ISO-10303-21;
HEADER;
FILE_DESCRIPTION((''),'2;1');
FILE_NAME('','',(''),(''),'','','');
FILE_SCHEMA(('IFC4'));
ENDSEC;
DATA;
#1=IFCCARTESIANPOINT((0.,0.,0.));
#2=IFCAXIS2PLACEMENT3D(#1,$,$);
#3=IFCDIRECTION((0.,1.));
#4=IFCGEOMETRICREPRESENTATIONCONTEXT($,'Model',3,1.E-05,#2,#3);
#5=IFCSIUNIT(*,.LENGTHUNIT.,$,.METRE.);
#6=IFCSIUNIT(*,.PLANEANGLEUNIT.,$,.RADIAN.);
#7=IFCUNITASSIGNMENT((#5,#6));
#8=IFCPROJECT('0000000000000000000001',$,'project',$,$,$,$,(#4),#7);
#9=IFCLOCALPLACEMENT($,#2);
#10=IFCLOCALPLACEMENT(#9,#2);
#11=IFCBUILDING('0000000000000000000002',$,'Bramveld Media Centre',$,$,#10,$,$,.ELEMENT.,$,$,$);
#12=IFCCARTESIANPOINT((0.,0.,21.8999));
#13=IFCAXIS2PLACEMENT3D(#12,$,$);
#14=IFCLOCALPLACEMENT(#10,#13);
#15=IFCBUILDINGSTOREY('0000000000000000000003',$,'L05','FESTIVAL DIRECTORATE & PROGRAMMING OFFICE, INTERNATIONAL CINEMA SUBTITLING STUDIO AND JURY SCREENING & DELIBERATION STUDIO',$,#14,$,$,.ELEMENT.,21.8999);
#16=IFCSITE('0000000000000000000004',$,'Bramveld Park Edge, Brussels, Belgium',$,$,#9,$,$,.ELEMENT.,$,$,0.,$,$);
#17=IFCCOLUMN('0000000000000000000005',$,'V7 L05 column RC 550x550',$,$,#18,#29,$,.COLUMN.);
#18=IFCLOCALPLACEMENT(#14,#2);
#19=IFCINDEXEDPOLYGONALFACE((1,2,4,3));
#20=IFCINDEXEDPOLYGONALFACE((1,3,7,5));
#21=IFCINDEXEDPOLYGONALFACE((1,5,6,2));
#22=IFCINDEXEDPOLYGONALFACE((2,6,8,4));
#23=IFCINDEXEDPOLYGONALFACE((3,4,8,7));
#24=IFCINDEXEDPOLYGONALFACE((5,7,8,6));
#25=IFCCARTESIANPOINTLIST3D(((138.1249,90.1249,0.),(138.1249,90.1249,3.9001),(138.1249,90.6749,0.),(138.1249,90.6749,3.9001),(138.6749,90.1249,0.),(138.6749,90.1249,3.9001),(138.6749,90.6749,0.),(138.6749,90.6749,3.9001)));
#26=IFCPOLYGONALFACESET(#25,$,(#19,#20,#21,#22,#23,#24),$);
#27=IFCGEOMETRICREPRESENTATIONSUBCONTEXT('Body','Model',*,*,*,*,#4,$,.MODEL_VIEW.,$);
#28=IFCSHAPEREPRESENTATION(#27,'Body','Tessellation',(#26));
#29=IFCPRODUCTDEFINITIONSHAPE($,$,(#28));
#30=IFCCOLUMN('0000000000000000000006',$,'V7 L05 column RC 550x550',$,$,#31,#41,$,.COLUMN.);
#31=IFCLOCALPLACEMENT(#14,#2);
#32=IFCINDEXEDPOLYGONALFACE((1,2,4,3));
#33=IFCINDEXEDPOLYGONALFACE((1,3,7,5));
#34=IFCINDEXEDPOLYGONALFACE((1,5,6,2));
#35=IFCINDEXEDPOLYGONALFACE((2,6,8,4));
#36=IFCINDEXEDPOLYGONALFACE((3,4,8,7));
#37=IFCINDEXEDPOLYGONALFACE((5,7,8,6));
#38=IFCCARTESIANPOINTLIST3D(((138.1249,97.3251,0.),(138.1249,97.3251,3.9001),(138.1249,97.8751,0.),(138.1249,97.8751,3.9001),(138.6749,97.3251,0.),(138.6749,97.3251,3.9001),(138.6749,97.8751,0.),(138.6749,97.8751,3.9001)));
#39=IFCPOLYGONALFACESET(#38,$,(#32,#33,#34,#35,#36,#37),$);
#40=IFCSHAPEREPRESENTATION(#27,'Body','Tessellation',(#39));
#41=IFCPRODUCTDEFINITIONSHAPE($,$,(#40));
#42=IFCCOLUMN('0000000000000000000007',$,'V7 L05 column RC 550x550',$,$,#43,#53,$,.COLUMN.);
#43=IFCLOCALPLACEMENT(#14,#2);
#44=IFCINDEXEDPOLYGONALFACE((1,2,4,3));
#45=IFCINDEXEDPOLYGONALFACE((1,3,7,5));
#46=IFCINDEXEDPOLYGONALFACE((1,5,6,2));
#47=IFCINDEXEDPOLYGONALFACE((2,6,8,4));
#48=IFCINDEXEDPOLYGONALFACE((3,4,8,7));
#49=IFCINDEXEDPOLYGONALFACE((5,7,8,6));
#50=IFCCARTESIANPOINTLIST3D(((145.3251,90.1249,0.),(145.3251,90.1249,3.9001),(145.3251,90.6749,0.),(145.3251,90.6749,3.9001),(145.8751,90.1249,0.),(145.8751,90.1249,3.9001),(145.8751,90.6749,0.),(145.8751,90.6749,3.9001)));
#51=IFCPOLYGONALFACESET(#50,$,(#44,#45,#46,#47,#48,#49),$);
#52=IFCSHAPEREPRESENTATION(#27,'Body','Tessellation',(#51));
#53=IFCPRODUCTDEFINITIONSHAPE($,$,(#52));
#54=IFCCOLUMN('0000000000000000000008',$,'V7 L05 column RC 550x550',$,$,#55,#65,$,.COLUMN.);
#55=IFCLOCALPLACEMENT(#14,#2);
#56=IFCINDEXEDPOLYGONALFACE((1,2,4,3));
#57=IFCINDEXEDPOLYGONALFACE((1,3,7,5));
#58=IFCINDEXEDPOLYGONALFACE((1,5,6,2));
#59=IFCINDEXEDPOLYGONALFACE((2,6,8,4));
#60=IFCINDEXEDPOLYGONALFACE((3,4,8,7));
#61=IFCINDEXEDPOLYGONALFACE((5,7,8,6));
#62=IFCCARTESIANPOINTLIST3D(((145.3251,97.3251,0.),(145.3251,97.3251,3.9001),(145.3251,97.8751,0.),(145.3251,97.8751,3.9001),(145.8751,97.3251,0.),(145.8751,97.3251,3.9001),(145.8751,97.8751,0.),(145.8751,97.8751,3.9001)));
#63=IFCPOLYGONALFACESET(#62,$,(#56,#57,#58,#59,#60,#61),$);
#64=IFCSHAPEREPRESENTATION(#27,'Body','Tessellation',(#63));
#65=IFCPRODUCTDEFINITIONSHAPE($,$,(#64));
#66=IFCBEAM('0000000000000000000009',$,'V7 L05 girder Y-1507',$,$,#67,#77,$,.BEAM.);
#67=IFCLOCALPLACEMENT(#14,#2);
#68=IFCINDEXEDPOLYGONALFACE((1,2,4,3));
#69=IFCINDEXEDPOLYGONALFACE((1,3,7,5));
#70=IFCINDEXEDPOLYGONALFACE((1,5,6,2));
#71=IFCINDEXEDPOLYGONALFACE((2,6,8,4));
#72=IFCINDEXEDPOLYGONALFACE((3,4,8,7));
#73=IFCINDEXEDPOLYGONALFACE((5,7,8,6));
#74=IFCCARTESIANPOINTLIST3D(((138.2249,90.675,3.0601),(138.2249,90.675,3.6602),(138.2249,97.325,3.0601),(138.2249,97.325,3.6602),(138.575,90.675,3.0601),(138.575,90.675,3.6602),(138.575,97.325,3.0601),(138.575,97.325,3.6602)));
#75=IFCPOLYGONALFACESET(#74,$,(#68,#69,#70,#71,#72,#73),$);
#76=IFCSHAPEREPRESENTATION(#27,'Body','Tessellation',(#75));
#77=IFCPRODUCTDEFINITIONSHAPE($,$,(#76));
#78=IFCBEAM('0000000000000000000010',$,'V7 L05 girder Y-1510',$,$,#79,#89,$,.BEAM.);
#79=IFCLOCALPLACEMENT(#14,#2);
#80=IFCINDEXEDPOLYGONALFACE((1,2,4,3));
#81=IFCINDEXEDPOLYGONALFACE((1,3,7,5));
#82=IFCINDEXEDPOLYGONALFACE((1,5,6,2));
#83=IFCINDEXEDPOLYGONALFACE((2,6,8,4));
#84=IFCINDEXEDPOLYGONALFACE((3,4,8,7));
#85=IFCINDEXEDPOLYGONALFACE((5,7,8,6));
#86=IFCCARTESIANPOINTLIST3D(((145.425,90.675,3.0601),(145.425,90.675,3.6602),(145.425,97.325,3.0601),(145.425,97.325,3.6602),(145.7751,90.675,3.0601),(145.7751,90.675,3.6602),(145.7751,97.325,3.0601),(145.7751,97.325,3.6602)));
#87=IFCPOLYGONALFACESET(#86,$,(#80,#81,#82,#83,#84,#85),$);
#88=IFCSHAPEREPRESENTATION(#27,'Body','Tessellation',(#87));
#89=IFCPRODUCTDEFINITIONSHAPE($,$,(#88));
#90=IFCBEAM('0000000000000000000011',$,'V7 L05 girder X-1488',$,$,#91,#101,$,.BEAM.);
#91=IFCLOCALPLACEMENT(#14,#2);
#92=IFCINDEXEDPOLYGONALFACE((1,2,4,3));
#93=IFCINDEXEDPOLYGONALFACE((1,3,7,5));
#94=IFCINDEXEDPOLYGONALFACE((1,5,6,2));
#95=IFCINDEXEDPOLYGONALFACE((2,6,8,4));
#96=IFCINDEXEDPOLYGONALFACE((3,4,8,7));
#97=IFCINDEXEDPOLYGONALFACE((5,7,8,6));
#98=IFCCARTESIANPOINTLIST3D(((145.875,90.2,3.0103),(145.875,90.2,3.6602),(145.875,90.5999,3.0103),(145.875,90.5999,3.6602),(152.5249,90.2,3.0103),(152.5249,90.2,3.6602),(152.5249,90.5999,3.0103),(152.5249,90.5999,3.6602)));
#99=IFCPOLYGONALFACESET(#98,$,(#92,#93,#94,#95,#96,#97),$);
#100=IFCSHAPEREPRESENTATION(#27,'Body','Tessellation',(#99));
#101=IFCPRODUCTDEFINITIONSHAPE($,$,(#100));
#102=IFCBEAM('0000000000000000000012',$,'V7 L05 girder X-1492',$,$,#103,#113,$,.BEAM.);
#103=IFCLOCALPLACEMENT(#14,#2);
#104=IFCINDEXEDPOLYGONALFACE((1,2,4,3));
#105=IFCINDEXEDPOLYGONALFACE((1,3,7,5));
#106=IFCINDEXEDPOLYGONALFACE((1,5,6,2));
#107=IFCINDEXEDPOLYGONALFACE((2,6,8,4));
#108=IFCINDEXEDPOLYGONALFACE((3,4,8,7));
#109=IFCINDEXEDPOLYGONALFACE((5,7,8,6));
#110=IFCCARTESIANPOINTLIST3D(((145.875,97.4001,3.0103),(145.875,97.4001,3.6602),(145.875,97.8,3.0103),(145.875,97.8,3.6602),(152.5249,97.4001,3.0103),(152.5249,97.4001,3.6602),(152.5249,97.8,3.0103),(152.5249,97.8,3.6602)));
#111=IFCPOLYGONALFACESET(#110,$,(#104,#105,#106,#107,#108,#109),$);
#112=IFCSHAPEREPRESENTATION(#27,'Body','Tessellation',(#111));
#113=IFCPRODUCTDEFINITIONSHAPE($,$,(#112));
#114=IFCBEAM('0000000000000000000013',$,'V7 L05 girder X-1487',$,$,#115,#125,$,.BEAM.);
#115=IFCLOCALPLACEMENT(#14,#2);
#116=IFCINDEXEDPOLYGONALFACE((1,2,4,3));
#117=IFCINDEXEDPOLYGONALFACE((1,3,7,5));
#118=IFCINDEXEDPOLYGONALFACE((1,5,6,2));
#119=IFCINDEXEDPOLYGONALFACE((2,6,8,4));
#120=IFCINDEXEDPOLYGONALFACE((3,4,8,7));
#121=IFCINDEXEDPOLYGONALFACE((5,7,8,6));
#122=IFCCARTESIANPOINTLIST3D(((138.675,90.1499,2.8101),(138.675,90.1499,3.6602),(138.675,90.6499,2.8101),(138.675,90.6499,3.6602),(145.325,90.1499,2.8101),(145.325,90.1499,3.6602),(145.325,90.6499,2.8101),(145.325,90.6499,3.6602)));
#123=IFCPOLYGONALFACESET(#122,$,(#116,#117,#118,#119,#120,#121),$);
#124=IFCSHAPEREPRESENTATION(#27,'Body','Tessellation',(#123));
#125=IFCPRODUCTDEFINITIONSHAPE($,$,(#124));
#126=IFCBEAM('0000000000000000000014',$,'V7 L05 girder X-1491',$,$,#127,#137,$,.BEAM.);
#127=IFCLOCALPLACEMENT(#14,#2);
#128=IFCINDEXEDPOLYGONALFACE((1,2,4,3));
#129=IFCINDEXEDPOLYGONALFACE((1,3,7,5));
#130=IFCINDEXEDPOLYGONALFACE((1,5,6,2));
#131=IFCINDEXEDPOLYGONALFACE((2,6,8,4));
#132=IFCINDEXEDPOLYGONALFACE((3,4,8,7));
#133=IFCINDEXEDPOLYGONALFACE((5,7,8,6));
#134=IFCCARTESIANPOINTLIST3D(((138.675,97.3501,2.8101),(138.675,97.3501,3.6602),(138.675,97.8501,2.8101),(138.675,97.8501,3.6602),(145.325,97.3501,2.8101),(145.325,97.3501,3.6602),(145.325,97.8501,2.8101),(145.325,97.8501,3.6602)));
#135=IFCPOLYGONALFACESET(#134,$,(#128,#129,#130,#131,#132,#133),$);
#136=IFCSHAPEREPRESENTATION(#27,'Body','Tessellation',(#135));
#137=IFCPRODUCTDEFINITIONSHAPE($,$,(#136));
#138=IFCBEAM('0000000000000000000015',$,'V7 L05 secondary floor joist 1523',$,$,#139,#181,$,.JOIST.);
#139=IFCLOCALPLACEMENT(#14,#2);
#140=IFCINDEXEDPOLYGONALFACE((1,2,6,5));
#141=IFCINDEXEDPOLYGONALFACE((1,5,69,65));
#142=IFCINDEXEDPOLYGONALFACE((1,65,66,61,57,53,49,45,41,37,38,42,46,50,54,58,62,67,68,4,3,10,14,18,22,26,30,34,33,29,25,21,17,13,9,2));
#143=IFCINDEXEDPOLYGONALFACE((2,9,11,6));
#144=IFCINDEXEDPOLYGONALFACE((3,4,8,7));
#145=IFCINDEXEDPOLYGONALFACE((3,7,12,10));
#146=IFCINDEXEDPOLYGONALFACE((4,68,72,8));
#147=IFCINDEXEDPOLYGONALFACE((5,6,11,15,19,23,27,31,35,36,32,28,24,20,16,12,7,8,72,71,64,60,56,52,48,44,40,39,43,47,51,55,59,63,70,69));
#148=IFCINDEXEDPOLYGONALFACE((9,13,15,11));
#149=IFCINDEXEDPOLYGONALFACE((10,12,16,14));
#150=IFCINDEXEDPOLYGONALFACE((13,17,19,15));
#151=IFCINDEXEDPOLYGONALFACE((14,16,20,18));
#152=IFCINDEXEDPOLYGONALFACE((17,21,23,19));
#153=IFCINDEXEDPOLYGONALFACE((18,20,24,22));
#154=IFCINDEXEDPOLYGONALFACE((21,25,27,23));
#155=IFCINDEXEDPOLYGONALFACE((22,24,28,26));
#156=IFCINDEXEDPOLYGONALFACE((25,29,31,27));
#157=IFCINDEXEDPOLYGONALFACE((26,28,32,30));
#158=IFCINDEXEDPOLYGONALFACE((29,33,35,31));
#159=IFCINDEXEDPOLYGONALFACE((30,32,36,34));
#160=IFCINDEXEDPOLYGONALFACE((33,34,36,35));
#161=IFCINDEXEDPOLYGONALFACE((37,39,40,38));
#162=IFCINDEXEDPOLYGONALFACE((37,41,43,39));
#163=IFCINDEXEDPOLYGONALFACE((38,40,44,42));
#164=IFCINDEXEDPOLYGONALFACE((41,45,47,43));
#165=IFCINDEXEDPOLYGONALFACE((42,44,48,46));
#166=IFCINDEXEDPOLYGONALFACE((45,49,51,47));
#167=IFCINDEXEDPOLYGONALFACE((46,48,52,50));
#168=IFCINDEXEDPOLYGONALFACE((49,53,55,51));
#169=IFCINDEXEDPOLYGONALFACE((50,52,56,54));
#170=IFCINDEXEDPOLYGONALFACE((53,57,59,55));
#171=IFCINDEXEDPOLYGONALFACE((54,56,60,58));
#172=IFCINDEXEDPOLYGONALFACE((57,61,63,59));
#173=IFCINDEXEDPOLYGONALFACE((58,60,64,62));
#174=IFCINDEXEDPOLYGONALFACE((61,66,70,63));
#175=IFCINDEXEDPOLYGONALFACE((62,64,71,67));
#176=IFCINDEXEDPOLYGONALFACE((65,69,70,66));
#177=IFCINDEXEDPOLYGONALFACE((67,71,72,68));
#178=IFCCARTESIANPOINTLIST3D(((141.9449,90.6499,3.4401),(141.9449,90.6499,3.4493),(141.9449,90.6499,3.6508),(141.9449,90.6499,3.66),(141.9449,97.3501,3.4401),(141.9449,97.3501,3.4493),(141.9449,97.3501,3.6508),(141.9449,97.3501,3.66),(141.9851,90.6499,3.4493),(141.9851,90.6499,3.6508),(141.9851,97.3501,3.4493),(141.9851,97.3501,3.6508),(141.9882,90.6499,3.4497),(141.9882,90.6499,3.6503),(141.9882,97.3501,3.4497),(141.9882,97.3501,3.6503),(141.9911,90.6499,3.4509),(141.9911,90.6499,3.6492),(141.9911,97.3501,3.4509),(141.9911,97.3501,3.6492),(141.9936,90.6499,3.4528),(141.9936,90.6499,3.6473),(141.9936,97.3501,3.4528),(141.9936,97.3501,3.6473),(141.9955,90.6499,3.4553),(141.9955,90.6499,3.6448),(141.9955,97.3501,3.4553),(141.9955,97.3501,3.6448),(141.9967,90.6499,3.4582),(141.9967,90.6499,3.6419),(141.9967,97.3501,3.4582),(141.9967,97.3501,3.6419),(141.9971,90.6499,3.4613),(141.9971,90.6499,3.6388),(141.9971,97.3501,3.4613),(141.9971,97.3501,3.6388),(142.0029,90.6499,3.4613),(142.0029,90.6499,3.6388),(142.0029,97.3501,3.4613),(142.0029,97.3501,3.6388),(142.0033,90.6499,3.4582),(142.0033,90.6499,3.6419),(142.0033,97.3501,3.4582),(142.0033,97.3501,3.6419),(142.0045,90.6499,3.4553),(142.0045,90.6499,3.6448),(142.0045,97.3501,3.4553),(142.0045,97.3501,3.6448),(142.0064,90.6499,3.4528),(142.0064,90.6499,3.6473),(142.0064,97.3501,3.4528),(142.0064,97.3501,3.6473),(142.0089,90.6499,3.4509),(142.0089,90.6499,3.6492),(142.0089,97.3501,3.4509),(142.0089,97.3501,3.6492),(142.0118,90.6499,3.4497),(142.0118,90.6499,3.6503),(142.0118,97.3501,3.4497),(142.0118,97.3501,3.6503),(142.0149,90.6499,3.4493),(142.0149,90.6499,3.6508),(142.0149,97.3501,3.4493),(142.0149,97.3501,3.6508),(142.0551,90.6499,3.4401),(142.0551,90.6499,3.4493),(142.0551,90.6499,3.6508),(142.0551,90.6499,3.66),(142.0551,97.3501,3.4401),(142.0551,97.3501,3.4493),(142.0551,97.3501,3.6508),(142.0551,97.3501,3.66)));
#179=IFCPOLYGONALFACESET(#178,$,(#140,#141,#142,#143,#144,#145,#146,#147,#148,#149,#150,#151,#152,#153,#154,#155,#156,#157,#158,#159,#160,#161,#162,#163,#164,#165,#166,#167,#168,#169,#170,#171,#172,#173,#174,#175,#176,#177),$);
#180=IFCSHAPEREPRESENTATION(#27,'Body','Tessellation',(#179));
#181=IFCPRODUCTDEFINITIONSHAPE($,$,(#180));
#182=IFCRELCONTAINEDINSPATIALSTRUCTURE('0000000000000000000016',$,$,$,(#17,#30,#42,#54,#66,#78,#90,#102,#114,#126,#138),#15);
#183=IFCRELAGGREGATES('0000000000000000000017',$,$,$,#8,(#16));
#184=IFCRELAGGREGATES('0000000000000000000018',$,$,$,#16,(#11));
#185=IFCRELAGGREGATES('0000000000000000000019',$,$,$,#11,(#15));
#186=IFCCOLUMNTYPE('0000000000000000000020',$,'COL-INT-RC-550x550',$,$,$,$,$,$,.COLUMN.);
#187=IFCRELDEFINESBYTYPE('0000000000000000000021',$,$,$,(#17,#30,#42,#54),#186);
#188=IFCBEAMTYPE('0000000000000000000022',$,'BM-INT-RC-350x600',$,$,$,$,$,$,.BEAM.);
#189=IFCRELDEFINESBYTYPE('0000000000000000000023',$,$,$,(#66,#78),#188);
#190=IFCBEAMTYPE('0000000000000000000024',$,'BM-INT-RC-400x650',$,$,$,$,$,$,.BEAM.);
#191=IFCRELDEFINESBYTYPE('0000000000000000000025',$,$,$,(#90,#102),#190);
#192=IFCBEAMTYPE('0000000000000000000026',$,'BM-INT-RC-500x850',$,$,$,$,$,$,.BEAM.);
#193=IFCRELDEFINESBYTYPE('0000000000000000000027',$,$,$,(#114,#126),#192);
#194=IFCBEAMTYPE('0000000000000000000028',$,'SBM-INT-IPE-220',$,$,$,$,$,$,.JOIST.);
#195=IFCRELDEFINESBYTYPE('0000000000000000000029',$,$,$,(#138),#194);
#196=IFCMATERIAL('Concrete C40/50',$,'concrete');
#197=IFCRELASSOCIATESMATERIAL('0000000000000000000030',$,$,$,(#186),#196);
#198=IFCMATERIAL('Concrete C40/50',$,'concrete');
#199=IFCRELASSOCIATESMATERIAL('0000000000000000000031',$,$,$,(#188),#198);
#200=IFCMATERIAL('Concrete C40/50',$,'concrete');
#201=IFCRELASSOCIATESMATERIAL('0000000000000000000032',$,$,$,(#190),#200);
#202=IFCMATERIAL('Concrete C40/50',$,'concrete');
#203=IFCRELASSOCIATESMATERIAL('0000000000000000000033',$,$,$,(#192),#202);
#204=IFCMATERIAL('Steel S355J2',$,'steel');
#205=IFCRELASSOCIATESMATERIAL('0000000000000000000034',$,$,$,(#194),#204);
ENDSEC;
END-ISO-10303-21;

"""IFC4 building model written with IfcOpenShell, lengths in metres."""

from ifc_helpers import new_model, si_unit, direction, frame, origin, origin_2d, place, context, subcontext, project, spatial, rectangle, i_section, extrude, material, material_profile, profile_set, type_object, element, save


model = new_model("IFC4")

# Units and contexts
model_context = context("Model", 3, precision=1e-05, world=origin(), true_north=direction((0.0, 1.0)))
body_context = subcontext(model_context, "Body", "Model", "MODEL_VIEW")
ifc_project = project(units=[si_unit("LENGTHUNIT", "METRE"), si_unit("PLANEANGLEUNIT", "RADIAN")], contexts=[model_context])

# Site, building, storey
site_placement = place(None, origin())
site = spatial("IfcSite", under=ifc_project, at=site_placement, Name="Bramveld Park Edge, Brussels, Belgium", CompositionType="ELEMENT", RefElevation=0.0)
building_placement = place(site_placement, origin())
building = spatial("IfcBuilding", under=site, at=building_placement, Name="Bramveld Media Centre", CompositionType="ELEMENT")
storey_placement = place(building_placement, frame((0.0, 0.0, 21.8999)))
storey = spatial("IfcBuildingStorey", under=building, at=storey_placement, Name="L05", Description="FESTIVAL DIRECTORATE & PROGRAMMING OFFICE, INTERNATIONAL CINEMA SUBTITLING STUDIO AND JURY SCREENING & DELIBERATION STUDIO", CompositionType="ELEMENT", Elevation=21.8999)

# Columns
ifc_material_1 = material(Name="Concrete C40/50", Category="concrete")
ifc_material_profile_1 = material_profile(ifc_material_1, rectangle(XDim=0.55, YDim=0.55, at=origin_2d()), Name="RC 550x550")
ifc_profile_set_1 = profile_set([ifc_material_profile_1], Name="Concrete C40/50")
column_type = type_object("IfcColumnType", Name="COL-INT-RC-550x550", PredefinedType="COLUMN", material=ifc_profile_set_1)
for number, where, z_axis, x_axis, name in (
    (1, (138.3999, 90.3999, 0.0), (0.0, 0.0, 1.0), (1.0, 0.0, 0.0), "V7 L05 column RC 550x550"),
    (2, (138.3999, 97.6001, 0.0), (0.0, 0.0, 1.0), (1.0, 0.0, 0.0), "V7 L05 column RC 550x550"),
    (3, (145.6001, 90.3999, 0.0), (0.0, 0.0, 1.0), (1.0, 0.0, 0.0), "V7 L05 column RC 550x550"),
    (4, (145.6001, 97.6001, 0.0), (0.0, 0.0, 1.0), (1.0, 0.0, 0.0), "V7 L05 column RC 550x550"),
):
    element("IfcColumn", number, at=place(storey_placement, frame(where, z_axis=z_axis, x_axis=x_axis)), inside=storey, type_object=column_type, Name=name, PredefinedType="COLUMN", context=body_context, shape_type="SweptSolid", body=[
        extrude(rectangle(XDim=0.55, YDim=0.55, at=origin_2d()), origin(), (0.0, 0.0, 1.0), 3.9001),
    ])

# Beams
ifc_material_2 = material(Name="Concrete C40/50", Category="concrete")
ifc_material_profile_2 = material_profile(ifc_material_2, rectangle(XDim=0.3501, YDim=0.6001, at=origin_2d()), Name="RC 350x600")
ifc_profile_set_2 = profile_set([ifc_material_profile_2], Name="Concrete C40/50")
beam_type_1 = type_object("IfcBeamType", Name="BM-INT-RC-350x600", PredefinedType="BEAM", material=ifc_profile_set_2)
for number, where, z_axis, x_axis, name in (
    (5, (138.3999, 90.675, 3.3601), (0.0, 1.0, 0.0), (-1.0, 0.0, 0.0), "V7 L05 girder Y-1507"),
    (6, (145.6001, 90.675, 3.3601), (0.0, 1.0, 0.0), (-1.0, 0.0, 0.0), "V7 L05 girder Y-1510"),
):
    element("IfcBeam", number, at=place(storey_placement, frame(where, z_axis=z_axis, x_axis=x_axis)), inside=storey, type_object=beam_type_1, Name=name, PredefinedType="BEAM", context=body_context, shape_type="SweptSolid", body=[
        extrude(rectangle(XDim=0.3501, YDim=0.6001, at=origin_2d()), origin(), (0.0, 0.0, 1.0), 6.6499),
    ])
ifc_material_3 = material(Name="Concrete C40/50", Category="concrete")
ifc_material_profile_3 = material_profile(ifc_material_3, rectangle(XDim=0.3999, YDim=0.6499, at=origin_2d()), Name="RC 400x650")
ifc_profile_set_3 = profile_set([ifc_material_profile_3], Name="Concrete C40/50")
beam_type_2 = type_object("IfcBeamType", Name="BM-INT-RC-400x650", PredefinedType="BEAM", material=ifc_profile_set_3)
for number, where, z_axis, x_axis, name in (
    (7, (145.875, 90.3999, 3.3352), (1.0, 0.0, 0.0), (0.0, 1.0, 0.0), "V7 L05 girder X-1488"),
    (8, (145.875, 97.6001, 3.3352), (1.0, 0.0, 0.0), (0.0, 1.0, 0.0), "V7 L05 girder X-1492"),
):
    element("IfcBeam", number, at=place(storey_placement, frame(where, z_axis=z_axis, x_axis=x_axis)), inside=storey, type_object=beam_type_2, Name=name, PredefinedType="BEAM", context=body_context, shape_type="SweptSolid", body=[
        extrude(rectangle(XDim=0.3999, YDim=0.6499, at=origin_2d()), origin(), (0.0, 0.0, 1.0), 6.6499),
    ])
ifc_material_4 = material(Name="Concrete C40/50", Category="concrete")
ifc_material_profile_4 = material_profile(ifc_material_4, rectangle(XDim=0.5, YDim=0.8501, at=origin_2d()), Name="RC 500x850")
ifc_profile_set_4 = profile_set([ifc_material_profile_4], Name="Concrete C40/50")
beam_type_3 = type_object("IfcBeamType", Name="BM-INT-RC-500x850", PredefinedType="BEAM", material=ifc_profile_set_4)
for number, where, z_axis, x_axis, name in (
    (9, (138.675, 90.3999, 3.2351), (1.0, 0.0, 0.0), (0.0, 1.0, 0.0), "V7 L05 girder X-1487"),
    (10, (138.675, 97.6001, 3.2351), (1.0, 0.0, 0.0), (0.0, 1.0, 0.0), "V7 L05 girder X-1491"),
):
    element("IfcBeam", number, at=place(storey_placement, frame(where, z_axis=z_axis, x_axis=x_axis)), inside=storey, type_object=beam_type_3, Name=name, PredefinedType="BEAM", context=body_context, shape_type="SweptSolid", body=[
        extrude(rectangle(XDim=0.5, YDim=0.8501, at=origin_2d()), origin(), (0.0, 0.0, 1.0), 6.6499),
    ])
ifc_material_5 = material(Name="Steel S355J2", Category="steel")
ifc_material_profile_5 = material_profile(ifc_material_5, i_section(OverallWidth=0.1101, OverallDepth=0.22, WebThickness=0.0059, FlangeThickness=0.0093, FilletRadius=0.012, at=origin_2d()), Name="IPE 220")
ifc_profile_set_5 = profile_set([ifc_material_profile_5], Name="Steel S355J2")
beam_type_4 = type_object("IfcBeamType", Name="SBM-INT-IPE-220", PredefinedType="JOIST", material=ifc_profile_set_5)
beam_1_placement = place(storey_placement, frame((142.0, 90.6499, 3.55), z_axis=(0.0, 1.0, 0.0), x_axis=(-1.0, 0.0, 0.0)))
element("IfcBeam", 11, at=beam_1_placement, inside=storey, type_object=beam_type_4, Name="V7 L05 secondary floor joist 1523", PredefinedType="JOIST", context=body_context, shape_type="SweptSolid", body=[
    extrude(i_section(OverallWidth=0.1101, OverallDepth=0.22, WebThickness=0.0059, FlangeThickness=0.0093, FilletRadius=0.012, at=origin_2d()), origin(), (0.0, 0.0, 1.0), 6.7002),
])

save(model, "model.ifc")
